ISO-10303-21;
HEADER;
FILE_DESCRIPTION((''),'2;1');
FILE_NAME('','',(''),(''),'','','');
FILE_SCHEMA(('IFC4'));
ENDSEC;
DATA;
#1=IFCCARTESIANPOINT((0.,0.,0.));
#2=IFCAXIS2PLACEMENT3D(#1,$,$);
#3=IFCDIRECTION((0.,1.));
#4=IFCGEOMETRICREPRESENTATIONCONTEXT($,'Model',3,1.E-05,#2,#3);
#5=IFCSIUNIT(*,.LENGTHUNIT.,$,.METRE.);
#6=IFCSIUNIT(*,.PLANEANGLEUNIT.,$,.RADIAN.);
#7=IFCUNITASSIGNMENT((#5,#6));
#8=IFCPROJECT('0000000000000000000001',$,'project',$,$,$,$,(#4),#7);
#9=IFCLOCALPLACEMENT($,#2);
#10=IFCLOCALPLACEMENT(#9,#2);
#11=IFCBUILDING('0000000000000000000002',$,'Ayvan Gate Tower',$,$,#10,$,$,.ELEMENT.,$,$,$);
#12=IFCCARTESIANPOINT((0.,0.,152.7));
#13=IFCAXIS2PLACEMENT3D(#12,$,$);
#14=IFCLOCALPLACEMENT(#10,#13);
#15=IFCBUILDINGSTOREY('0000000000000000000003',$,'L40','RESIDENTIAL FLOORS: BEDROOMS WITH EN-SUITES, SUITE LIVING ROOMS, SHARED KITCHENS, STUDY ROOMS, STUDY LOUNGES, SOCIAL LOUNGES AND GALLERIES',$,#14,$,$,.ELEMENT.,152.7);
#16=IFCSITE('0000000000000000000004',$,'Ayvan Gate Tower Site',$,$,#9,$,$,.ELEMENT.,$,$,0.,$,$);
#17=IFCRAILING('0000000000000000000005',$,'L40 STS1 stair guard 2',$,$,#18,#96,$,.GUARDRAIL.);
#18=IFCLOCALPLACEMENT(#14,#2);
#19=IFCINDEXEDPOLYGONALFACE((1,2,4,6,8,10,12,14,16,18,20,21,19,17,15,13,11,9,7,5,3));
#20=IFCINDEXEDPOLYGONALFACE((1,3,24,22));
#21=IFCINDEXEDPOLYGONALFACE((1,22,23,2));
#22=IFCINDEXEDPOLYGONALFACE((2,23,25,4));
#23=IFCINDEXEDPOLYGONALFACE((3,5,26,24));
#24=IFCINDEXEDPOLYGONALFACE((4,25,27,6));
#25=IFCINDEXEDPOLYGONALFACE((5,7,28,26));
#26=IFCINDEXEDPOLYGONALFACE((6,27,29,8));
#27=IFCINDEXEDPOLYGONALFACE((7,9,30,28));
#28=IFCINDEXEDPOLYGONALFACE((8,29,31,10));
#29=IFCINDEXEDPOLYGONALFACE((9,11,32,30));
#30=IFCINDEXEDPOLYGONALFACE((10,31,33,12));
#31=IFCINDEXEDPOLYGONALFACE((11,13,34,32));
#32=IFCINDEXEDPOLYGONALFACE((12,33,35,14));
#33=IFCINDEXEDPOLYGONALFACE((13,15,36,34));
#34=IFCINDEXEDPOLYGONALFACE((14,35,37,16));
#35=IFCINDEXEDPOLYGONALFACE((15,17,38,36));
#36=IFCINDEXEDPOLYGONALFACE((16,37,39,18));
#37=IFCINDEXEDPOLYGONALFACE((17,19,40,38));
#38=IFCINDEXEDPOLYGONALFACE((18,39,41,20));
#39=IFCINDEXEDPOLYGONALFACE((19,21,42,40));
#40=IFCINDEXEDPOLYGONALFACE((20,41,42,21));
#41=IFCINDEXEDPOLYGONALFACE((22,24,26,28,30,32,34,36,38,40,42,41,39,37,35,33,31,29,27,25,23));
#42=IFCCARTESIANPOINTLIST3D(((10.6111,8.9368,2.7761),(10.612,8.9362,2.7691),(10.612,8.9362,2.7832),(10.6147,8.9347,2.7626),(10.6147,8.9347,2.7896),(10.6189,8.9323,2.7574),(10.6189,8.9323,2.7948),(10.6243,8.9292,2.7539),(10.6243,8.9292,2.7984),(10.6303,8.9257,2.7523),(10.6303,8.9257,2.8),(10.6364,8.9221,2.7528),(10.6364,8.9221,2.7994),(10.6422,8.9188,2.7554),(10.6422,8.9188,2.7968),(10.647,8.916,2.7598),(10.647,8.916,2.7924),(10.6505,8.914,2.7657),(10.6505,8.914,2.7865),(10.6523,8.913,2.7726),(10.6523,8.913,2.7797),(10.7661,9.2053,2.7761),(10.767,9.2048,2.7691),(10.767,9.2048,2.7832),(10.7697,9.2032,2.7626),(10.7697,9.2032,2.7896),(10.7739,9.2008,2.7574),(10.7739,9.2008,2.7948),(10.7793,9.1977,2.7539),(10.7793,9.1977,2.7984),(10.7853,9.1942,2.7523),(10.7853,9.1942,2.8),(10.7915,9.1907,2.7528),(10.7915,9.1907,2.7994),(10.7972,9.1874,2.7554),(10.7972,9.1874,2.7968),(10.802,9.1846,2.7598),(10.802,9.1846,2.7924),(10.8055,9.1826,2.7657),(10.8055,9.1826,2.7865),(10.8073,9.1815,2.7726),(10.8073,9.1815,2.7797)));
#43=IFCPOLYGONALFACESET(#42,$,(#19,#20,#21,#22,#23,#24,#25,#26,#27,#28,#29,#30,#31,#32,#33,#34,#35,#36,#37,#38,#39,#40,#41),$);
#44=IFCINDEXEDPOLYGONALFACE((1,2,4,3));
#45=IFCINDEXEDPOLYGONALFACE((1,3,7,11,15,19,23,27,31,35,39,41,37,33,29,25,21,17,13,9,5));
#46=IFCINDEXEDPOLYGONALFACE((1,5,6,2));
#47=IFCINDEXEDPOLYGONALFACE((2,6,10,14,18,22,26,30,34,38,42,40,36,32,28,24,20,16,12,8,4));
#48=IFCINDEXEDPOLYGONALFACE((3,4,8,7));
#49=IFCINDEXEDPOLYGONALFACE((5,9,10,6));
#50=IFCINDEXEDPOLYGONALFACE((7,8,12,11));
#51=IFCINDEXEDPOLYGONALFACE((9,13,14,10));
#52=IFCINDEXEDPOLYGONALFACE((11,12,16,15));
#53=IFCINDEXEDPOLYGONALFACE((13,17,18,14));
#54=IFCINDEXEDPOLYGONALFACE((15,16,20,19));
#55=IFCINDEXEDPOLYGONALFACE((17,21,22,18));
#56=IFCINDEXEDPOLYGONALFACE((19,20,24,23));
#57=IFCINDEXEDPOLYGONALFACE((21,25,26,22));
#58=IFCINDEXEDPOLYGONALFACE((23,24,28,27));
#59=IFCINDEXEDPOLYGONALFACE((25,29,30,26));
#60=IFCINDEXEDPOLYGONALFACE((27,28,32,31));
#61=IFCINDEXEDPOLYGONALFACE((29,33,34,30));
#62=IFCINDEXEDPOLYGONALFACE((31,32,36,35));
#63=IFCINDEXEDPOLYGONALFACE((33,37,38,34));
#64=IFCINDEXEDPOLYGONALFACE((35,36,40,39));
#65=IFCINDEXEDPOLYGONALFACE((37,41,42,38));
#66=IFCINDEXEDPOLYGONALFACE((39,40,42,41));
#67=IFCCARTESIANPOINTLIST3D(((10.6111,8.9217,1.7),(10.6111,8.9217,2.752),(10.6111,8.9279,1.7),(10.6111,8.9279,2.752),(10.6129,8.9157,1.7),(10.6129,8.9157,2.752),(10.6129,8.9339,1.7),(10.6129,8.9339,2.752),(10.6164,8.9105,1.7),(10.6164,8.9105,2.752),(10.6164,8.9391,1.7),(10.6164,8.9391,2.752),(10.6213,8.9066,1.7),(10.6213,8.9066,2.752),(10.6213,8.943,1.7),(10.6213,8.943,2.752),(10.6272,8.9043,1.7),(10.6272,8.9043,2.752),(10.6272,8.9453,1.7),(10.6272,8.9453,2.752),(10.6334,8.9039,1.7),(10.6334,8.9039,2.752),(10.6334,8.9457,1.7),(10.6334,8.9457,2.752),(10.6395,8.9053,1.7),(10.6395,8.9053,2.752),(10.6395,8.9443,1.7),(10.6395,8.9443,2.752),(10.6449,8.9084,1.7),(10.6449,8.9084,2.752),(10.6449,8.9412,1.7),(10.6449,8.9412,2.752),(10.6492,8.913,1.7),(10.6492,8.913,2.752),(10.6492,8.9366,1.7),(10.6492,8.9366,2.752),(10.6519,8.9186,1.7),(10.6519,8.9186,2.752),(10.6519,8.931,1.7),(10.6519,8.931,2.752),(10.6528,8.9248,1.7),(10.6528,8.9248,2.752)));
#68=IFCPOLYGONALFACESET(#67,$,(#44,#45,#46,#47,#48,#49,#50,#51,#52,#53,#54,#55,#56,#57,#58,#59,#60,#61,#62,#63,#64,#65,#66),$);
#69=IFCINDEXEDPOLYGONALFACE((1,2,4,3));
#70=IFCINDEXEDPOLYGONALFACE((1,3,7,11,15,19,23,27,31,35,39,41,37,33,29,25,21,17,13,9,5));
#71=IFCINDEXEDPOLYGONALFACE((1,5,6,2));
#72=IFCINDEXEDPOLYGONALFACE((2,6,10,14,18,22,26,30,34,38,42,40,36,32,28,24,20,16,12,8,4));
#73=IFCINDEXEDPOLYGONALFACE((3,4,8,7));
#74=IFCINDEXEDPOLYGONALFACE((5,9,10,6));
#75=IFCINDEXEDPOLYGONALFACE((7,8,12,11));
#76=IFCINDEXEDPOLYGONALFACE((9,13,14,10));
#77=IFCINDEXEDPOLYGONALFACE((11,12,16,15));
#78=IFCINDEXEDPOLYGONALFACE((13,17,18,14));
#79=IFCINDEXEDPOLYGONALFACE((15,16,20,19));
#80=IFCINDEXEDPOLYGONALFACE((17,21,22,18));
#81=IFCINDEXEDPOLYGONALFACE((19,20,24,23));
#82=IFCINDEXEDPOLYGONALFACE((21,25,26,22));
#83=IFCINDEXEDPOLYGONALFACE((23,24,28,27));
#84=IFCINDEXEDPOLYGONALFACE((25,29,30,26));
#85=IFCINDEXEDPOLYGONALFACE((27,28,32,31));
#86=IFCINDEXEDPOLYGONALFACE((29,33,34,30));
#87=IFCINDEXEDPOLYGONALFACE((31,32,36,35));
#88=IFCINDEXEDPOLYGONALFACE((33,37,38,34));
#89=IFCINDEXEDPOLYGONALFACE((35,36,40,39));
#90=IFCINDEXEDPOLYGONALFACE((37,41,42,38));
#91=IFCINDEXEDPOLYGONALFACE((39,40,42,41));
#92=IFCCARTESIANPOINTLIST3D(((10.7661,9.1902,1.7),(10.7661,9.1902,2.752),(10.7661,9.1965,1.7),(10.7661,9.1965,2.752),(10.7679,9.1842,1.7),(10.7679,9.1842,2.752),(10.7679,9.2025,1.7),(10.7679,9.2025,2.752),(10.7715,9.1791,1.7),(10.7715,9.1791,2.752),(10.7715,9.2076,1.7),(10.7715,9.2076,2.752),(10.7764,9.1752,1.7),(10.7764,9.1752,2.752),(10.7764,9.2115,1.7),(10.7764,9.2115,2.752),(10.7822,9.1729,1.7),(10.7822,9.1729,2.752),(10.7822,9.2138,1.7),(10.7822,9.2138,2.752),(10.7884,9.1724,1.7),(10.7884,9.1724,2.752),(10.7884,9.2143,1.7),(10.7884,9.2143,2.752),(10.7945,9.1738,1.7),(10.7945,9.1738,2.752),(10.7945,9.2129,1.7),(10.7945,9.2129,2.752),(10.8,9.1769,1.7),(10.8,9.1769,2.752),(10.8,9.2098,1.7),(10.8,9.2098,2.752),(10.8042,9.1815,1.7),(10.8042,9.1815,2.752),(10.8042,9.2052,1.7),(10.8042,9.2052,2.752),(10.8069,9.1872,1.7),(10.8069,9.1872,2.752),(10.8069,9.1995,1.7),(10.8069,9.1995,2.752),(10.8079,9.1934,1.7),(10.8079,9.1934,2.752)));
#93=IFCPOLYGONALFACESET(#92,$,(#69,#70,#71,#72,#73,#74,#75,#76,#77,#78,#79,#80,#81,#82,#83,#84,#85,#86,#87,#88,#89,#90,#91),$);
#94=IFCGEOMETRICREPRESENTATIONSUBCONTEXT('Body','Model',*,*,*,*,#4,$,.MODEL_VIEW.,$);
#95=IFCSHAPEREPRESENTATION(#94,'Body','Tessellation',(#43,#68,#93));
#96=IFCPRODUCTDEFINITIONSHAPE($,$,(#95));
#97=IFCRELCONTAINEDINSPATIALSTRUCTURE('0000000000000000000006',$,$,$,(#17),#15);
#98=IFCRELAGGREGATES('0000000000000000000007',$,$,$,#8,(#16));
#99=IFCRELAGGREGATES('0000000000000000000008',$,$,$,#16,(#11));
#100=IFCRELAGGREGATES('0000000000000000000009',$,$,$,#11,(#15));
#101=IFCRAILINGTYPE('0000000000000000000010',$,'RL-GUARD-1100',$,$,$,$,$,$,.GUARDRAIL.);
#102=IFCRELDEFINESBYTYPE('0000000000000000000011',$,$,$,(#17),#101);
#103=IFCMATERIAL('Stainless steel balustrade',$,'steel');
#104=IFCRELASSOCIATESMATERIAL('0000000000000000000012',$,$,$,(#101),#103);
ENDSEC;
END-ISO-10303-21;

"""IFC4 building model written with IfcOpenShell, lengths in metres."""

from ifc_helpers import new_model, si_unit, direction, frame, origin, origin_2d, place, context, subcontext, project, spatial, circle, extrude, material, type_object, element, save


model = new_model("IFC4")

# Units and contexts
model_context = context("Model", 3, precision=1e-05, world=origin(), true_north=direction((0.0, 1.0)))
body_context = subcontext(model_context, "Body", "Model", "MODEL_VIEW")
ifc_project = project(units=[si_unit("LENGTHUNIT", "METRE"), si_unit("PLANEANGLEUNIT", "RADIAN")], contexts=[model_context])

# Site, building, storey
site_placement = place(None, origin())
site = spatial("IfcSite", under=ifc_project, at=site_placement, Name="Ayvan Gate Tower Site", CompositionType="ELEMENT", RefElevation=0.0)
building_placement = place(site_placement, origin())
building = spatial("IfcBuilding", under=site, at=building_placement, Name="Ayvan Gate Tower", CompositionType="ELEMENT")
storey_placement = place(building_placement, frame((0.0, 0.0, 152.7)))
storey = spatial("IfcBuildingStorey", under=building, at=storey_placement, Name="L40", Description="RESIDENTIAL FLOORS: BEDROOMS WITH EN-SUITES, SUITE LIVING ROOMS, SHARED KITCHENS, STUDY ROOMS, STUDY LOUNGES, SOCIAL LOUNGES AND GALLERIES", CompositionType="ELEMENT", Elevation=152.7)

# Railing
ifc_material_1 = material(Name="Stainless steel balustrade", Category="steel")
railing_type_1 = type_object("IfcRailingType", Name="RL-GUARD-1100", PredefinedType="GUARDRAIL", material=ifc_material_1)
railing_1_placement = place(storey_placement, frame((10.6318, 8.9248, 1.7)))
element("IfcRailing", 1, at=railing_1_placement, inside=storey, type_object=railing_type_1, Name="L40 STS1 stair guard 2", PredefinedType="GUARDRAIL", context=body_context, shape_type="SweptSolid", body=[
    extrude(circle(Radius=0.0239, at=origin_2d()), frame((0.0, 0.0, 1.0762), z_axis=(0.49995, 0.866054, 0.0), x_axis=(-0.866054, 0.49995, 0.0)), (0.0, 0.0, 1.0), 0.3101),
    extrude(circle(Radius=0.021, at=origin_2d()), origin(), (0.0, 0.0, 1.0), 1.052),
    extrude(circle(Radius=0.021, at=origin_2d()), frame((0.155, 0.2686, 0.0)), (0.0, 0.0, 1.0), 1.052),
])

save(model, "model.ifc")
